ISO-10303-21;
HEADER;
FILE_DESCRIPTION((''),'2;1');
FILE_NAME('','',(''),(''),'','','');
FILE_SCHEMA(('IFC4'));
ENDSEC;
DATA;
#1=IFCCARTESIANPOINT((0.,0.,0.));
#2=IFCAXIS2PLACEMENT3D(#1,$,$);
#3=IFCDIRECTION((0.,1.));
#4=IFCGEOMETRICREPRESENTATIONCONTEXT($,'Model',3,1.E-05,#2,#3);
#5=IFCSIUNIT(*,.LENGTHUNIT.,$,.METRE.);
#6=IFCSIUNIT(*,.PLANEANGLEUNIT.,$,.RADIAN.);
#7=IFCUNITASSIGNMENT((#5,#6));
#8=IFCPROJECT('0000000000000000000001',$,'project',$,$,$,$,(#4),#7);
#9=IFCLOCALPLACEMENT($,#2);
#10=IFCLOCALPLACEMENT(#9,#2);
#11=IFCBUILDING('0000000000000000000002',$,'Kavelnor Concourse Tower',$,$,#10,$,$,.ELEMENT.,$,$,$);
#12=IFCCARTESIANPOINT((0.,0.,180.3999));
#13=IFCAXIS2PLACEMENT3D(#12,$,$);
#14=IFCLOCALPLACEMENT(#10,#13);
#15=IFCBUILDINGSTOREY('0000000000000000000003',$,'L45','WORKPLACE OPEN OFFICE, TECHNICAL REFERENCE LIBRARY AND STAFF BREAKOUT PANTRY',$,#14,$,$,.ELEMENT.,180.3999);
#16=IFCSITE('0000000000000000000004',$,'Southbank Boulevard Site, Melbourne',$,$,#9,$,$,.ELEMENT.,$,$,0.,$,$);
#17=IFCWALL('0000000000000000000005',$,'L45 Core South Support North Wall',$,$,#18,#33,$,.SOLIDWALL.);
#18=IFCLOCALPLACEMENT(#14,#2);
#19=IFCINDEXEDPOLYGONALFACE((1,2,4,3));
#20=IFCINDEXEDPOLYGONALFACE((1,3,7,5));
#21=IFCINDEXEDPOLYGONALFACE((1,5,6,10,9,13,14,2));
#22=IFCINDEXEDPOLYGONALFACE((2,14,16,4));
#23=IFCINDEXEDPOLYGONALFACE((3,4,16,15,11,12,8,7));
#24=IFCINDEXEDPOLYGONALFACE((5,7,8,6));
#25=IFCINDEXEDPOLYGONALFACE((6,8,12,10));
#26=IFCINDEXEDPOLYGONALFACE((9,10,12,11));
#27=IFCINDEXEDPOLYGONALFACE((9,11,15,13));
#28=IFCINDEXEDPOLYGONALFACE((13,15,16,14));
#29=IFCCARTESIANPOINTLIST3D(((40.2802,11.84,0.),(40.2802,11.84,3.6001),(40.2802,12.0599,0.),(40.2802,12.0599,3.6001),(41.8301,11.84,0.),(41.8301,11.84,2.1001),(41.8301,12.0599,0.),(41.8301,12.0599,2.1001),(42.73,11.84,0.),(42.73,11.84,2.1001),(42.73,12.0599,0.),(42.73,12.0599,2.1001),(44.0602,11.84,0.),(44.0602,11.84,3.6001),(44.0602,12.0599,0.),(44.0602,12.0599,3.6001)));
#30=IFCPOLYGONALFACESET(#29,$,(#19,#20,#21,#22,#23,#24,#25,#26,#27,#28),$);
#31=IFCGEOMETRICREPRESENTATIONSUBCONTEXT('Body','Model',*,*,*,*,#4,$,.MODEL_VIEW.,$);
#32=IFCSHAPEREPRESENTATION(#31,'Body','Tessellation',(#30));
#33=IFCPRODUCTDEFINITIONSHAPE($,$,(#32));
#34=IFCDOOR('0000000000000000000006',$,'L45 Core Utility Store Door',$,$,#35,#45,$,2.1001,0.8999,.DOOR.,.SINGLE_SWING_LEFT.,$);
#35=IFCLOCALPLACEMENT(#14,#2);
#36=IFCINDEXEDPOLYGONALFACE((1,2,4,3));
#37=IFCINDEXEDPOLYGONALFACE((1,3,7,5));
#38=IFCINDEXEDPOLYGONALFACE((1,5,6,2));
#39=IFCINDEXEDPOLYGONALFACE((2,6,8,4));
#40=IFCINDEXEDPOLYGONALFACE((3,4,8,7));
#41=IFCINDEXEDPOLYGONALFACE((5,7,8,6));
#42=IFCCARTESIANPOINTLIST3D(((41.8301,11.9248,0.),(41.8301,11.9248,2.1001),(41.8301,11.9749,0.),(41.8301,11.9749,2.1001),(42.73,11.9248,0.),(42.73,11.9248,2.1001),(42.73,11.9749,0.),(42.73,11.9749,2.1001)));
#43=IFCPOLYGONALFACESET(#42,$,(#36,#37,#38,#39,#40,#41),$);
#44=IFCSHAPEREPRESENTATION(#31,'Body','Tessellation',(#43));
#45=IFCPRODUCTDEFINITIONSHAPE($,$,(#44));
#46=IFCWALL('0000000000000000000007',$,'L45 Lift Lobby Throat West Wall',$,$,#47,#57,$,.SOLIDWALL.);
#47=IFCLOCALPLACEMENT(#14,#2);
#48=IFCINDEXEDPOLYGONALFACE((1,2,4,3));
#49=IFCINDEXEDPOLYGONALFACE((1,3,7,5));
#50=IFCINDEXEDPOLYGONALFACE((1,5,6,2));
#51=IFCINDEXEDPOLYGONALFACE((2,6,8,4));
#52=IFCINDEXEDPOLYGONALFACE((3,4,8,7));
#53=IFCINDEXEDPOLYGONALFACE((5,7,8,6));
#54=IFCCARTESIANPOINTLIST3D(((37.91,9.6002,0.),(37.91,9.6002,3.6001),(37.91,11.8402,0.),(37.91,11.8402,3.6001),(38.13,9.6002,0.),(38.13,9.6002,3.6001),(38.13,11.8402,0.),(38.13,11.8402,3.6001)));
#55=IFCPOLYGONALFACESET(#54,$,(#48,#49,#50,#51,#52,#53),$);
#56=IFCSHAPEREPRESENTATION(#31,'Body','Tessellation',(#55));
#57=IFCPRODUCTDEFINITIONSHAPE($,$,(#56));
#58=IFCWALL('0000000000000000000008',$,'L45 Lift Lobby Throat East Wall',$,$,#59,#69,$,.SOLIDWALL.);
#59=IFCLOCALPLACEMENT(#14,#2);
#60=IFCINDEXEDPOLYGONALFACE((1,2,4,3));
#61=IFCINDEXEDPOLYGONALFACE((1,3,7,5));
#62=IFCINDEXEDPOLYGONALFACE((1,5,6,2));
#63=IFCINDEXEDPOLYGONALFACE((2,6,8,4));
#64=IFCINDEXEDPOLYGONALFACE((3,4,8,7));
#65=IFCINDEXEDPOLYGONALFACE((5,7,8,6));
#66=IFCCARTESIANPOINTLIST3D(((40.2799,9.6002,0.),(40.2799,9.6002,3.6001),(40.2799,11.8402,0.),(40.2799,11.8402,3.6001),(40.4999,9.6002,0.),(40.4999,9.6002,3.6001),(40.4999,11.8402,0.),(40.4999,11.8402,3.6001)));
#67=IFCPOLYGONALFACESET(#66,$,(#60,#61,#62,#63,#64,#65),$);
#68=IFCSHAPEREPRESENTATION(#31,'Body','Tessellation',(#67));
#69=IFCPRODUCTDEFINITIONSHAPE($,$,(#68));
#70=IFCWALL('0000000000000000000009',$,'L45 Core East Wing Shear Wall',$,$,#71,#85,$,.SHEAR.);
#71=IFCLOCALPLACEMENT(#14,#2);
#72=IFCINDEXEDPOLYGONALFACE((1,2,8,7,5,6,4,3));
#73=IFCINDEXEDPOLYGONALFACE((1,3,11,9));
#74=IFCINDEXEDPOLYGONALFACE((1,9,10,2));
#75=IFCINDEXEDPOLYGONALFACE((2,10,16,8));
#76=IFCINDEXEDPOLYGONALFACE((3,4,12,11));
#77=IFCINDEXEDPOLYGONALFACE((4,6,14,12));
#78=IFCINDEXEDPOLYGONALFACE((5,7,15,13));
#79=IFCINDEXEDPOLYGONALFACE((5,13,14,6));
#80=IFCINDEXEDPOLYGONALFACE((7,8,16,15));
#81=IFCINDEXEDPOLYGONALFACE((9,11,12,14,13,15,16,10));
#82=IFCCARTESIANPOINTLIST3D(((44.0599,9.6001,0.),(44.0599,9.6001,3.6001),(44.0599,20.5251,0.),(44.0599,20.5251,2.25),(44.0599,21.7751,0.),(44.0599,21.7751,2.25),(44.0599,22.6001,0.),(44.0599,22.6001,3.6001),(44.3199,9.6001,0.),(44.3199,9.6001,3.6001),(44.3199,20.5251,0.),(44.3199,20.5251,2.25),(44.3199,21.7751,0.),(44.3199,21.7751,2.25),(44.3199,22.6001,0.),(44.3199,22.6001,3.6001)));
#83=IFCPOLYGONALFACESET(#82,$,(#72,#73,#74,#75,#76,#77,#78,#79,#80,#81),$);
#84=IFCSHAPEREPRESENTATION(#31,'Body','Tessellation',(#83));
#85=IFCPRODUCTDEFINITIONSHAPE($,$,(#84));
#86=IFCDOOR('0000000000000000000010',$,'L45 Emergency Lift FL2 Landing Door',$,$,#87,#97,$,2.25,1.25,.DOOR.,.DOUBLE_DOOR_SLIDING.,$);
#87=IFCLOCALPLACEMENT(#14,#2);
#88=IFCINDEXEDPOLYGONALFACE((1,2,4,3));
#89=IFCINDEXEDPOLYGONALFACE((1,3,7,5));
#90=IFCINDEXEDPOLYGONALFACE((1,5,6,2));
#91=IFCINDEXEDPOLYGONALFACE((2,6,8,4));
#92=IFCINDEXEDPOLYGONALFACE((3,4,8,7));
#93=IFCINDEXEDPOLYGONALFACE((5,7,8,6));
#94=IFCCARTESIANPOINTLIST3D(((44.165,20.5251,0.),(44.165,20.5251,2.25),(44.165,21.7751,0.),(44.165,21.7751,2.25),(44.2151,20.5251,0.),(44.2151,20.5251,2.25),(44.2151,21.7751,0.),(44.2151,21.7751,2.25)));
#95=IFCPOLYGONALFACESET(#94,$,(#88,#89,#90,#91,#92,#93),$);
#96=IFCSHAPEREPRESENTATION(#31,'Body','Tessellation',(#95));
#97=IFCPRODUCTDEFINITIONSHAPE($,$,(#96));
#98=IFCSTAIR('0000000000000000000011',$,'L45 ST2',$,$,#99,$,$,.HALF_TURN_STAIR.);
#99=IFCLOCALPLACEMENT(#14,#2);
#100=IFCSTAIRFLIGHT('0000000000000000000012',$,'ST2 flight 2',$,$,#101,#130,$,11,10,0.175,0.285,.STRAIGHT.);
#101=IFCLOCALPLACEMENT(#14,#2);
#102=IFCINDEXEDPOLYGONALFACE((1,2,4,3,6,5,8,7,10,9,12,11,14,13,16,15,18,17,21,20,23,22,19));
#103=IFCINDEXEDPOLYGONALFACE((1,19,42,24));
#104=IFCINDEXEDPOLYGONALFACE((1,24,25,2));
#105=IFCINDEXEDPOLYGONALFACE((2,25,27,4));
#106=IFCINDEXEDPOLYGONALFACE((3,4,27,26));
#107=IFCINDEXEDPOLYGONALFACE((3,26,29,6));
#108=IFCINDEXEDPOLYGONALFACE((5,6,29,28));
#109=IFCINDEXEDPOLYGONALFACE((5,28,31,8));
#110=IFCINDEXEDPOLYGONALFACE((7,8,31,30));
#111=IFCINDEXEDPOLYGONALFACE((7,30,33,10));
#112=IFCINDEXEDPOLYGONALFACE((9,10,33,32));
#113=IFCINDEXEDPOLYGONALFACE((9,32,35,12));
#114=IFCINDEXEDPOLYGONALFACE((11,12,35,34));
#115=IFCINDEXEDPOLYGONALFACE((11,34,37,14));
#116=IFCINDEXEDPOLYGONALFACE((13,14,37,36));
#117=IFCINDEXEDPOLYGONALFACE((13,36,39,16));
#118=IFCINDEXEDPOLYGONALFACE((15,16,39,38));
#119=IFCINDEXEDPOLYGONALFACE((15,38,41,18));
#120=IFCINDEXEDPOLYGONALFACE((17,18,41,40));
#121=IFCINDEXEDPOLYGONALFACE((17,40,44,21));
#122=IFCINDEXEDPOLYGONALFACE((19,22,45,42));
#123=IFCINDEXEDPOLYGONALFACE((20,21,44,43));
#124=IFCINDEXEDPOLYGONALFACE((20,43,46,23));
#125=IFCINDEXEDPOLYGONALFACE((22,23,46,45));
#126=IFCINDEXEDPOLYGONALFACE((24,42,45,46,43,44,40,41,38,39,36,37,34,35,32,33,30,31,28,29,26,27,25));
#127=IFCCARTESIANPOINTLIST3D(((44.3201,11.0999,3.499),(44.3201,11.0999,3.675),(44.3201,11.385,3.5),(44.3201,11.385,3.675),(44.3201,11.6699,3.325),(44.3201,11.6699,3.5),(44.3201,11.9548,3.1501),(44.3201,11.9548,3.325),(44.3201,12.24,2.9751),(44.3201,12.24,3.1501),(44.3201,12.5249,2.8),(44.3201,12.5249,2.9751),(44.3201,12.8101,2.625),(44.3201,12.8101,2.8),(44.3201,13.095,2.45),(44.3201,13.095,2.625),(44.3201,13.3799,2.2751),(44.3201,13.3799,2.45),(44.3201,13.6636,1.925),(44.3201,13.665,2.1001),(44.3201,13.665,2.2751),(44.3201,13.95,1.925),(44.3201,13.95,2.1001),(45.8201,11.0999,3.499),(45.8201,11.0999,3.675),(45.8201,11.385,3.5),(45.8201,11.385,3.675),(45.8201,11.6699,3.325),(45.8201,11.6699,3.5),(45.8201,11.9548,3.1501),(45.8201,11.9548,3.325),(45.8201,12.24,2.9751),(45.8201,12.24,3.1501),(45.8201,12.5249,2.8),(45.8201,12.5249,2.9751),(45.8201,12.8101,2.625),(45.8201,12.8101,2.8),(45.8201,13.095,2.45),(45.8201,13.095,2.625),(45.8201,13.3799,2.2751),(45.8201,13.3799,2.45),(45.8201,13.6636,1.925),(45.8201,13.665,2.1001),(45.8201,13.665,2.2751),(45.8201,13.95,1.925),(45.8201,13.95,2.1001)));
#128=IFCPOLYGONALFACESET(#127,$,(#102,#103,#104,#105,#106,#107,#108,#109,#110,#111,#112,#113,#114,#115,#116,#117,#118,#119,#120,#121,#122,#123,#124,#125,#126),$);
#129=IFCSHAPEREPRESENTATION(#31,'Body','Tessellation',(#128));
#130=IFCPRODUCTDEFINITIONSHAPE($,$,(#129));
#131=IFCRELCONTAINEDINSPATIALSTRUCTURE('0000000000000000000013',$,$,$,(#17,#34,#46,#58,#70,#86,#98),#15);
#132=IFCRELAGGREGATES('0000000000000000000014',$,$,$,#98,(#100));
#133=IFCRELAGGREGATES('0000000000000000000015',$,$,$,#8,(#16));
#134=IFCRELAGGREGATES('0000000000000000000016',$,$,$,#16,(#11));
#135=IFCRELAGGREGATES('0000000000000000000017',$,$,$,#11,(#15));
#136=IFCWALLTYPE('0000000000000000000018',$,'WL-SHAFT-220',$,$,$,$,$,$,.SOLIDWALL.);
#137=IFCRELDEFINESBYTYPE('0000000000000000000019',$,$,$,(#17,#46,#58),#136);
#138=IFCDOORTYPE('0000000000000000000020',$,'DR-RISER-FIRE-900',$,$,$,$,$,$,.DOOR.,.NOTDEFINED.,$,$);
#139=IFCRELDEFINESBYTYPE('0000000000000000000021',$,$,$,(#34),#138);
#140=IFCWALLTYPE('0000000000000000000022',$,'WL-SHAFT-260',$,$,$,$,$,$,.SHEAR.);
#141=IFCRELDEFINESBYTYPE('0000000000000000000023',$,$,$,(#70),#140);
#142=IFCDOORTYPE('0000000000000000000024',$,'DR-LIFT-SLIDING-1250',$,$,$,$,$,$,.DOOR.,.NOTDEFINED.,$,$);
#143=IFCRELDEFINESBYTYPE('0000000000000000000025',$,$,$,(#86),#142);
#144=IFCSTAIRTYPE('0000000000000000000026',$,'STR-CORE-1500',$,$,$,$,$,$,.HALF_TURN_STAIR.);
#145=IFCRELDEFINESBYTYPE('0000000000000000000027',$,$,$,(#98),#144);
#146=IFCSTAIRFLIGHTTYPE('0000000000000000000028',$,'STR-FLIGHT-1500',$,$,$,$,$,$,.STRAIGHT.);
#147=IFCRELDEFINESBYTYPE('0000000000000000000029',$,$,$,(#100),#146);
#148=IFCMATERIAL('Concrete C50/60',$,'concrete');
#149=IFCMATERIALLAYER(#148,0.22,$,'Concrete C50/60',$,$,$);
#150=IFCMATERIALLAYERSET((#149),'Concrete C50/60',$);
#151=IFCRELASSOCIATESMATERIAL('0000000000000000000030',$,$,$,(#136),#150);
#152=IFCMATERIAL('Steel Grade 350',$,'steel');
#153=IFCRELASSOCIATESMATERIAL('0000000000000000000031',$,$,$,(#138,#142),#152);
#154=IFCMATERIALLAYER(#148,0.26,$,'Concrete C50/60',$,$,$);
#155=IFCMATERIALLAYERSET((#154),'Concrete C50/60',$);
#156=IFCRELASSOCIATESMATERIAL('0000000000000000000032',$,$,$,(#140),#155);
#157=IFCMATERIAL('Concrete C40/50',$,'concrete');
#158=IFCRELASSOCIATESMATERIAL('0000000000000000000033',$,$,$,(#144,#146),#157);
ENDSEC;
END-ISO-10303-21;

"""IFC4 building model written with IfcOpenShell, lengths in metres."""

from ifc_helpers import new_model, si_unit, direction, frame, frame_2d, origin, place, context, subcontext, project, spatial, polyline, rectangle, outline, extrude, material, layer, layer_set, type_object, element, fill, aggregate, save


model = new_model("IFC4")

# Units and contexts
model_context = context("Model", 3, precision=1e-05, world=origin(), true_north=direction((0.0, 1.0)))
body_context = subcontext(model_context, "Body", "Model", "MODEL_VIEW")
ifc_project = project(units=[si_unit("LENGTHUNIT", "METRE"), si_unit("PLANEANGLEUNIT", "RADIAN")], contexts=[model_context])

# Site, building, storey
site_placement = place(None, origin())
site = spatial("IfcSite", under=ifc_project, at=site_placement, Name="Southbank Boulevard Site, Melbourne", CompositionType="ELEMENT", RefElevation=0.0)
building_placement = place(site_placement, origin())
building = spatial("IfcBuilding", under=site, at=building_placement, Name="Kavelnor Concourse Tower", CompositionType="ELEMENT")
storey_placement = place(building_placement, frame((0.0, 0.0, 180.3999)))
storey = spatial("IfcBuildingStorey", under=building, at=storey_placement, Name="L45", Description="WORKPLACE OPEN OFFICE, TECHNICAL REFERENCE LIBRARY AND STAFF BREAKOUT PANTRY", CompositionType="ELEMENT", Elevation=180.3999)

# Shared definitions
ifc_material_1 = material(Name="Steel Grade 350", Category="steel")

# Shared definitions
ifc_material_2 = material(Name="Concrete C50/60", Category="concrete")
ifc_layer_1 = layer(ifc_material_2, 0.22, Name="Concrete C50/60")
ifc_layer_set_1 = layer_set([ifc_layer_1], Name="Concrete C50/60")
wall_type_1 = type_object("IfcWallType", Name="WL-SHAFT-220", PredefinedType="SOLIDWALL", material=ifc_layer_set_1)

# Wall, opening, door
wall_1_placement = place(storey_placement, frame((40.28, 11.95, 0.0), z_axis=(0.0, 0.0, 1.0), x_axis=(1.0, 0.0, 0.0)))
wall_1 = element("IfcWall", 1, at=wall_1_placement, inside=storey, type_object=wall_type_1, Name="L45 Core South Support North Wall", PredefinedType="SOLIDWALL", context=body_context, shape_type="SweptSolid", body=[
    extrude(rectangle(XDim=3.78, YDim=0.22, at=frame_2d((1.8901, 0.0))), origin(), (0.0, 0.0, 1.0), 3.6001),
])
opening_1_placement = place(wall_1_placement, frame((1.55, 0.0, 0.0)))
opening_1 = element("IfcOpeningElement", 2, at=opening_1_placement, cuts=wall_1, PredefinedType="OPENING", context=body_context, shape_type="SweptSolid", body=[
    extrude(rectangle(XDim=0.8999, YDim=2.1001, at=frame_2d((0.45, 1.05))), frame((0.0, 0.1201, 0.0), z_axis=(0.0, -1.0, 0.0), x_axis=(1.0, 0.0, 0.0)), (0.0, 0.0, 1.0), 0.24),
])
door_type_1 = type_object("IfcDoorType", Name="DR-RISER-FIRE-900", OperationType="NOTDEFINED", PredefinedType="DOOR", material=ifc_material_1)
door_1_placement = place(opening_1_placement, origin())
door_1 = element("IfcDoor", 3, at=door_1_placement, inside=storey, type_object=door_type_1, Name="L45 Core Utility Store Door", OperationType="SINGLE_SWING_LEFT", OverallHeight=2.1001, OverallWidth=0.8999, PredefinedType="DOOR", context=body_context, shape_type="SweptSolid", body=[
    extrude(rectangle(XDim=0.8999, YDim=2.1001, at=frame_2d((0.45, 1.05))), frame((0.0, 0.0249, 0.0), z_axis=(0.0, -1.0, 0.0), x_axis=(1.0, 0.0, 0.0)), (0.0, 0.0, 1.0), 0.05),
])
fill(opening_1, door_1)

# Walls
for number, where, z_axis, x_axis, name in (
    (4, (38.02, 9.6001, 0.0), (0.0, 0.0, 1.0), (0.0, 1.0, 0.0), "L45 Lift Lobby Throat West Wall"),
    (5, (40.3899, 9.6001, 0.0), (0.0, 0.0, 1.0), (0.0, 1.0, 0.0), "L45 Lift Lobby Throat East Wall"),
):
    element("IfcWall", number, at=place(storey_placement, frame(where, z_axis=z_axis, x_axis=x_axis)), inside=storey, type_object=wall_type_1, Name=name, PredefinedType="SOLIDWALL", context=body_context, shape_type="SweptSolid", body=[
        extrude(rectangle(XDim=2.24, YDim=0.22, at=frame_2d((1.1201, 0.0))), origin(), (0.0, 0.0, 1.0), 3.6001),
    ])

# Wall, opening, door
ifc_layer_2 = layer(ifc_material_2, 0.26, Name="Concrete C50/60")
ifc_layer_set_2 = layer_set([ifc_layer_2], Name="Concrete C50/60")
wall_type_2 = type_object("IfcWallType", Name="WL-SHAFT-260", PredefinedType="SHEAR", material=ifc_layer_set_2)
wall_2_placement = place(storey_placement, frame((44.1899, 9.6001, 0.0), z_axis=(0.0, 0.0, 1.0), x_axis=(0.0, 1.0, 0.0)))
wall_2 = element("IfcWall", 6, at=wall_2_placement, inside=storey, type_object=wall_type_2, Name="L45 Core East Wing Shear Wall", PredefinedType="SHEAR", context=body_context, shape_type="SweptSolid", body=[
    extrude(rectangle(XDim=13.0, YDim=0.26, at=frame_2d((6.5, 0.0))), origin(), (0.0, 0.0, 1.0), 3.6001),
])
opening_2_placement = place(wall_2_placement, frame((10.925, 0.0, 0.0)))
opening_2 = element("IfcOpeningElement", 7, at=opening_2_placement, cuts=wall_2, PredefinedType="OPENING", context=body_context, shape_type="SweptSolid", body=[
    extrude(rectangle(XDim=1.25, YDim=2.25, at=frame_2d((0.625, 1.125))), frame((0.0, 0.1401, 0.0), z_axis=(0.0, -1.0, 0.0), x_axis=(1.0, 0.0, 0.0)), (0.0, 0.0, 1.0), 0.28),
])
door_type_2 = type_object("IfcDoorType", Name="DR-LIFT-SLIDING-1250", OperationType="NOTDEFINED", PredefinedType="DOOR", material=ifc_material_1)
door_2_placement = place(opening_2_placement, origin())
door_2 = element("IfcDoor", 8, at=door_2_placement, inside=storey, type_object=door_type_2, Name="L45 Emergency Lift FL2 Landing Door", OperationType="DOUBLE_DOOR_SLIDING", OverallHeight=2.25, OverallWidth=1.25, PredefinedType="DOOR", context=body_context, shape_type="SweptSolid", body=[
    extrude(rectangle(XDim=1.25, YDim=2.25, at=frame_2d((0.625, 1.125))), frame((0.0, 0.0249, 0.0), z_axis=(0.0, -1.0, 0.0), x_axis=(1.0, 0.0, 0.0)), (0.0, 0.0, 1.0), 0.05),
])
fill(opening_2, door_2)

# Stair, stair flight
ifc_material_3 = material(Name="Concrete C40/50", Category="concrete")
stair_type = type_object("IfcStairType", Name="STR-CORE-1500", PredefinedType="HALF_TURN_STAIR", material=ifc_material_3)
stair_placement = place(storey_placement, origin())
stair = element("IfcStair", 9, at=stair_placement, inside=storey, type_object=stair_type, Name="L45 ST2", PredefinedType="HALF_TURN_STAIR")
stair_flight_type = type_object("IfcStairFlightType", Name="STR-FLIGHT-1500", PredefinedType="STRAIGHT", material=ifc_material_3)
stair_flight_placement = place(storey_placement, frame((45.0701, 13.95, 1.925), z_axis=(0.0, 0.0, 1.0), x_axis=(0.0, -1.0, 0.0)))
stair_flight = element("IfcStairFlight", 10, at=stair_flight_placement, type_object=stair_flight_type, Name="ST2 flight 2", NumberOfRisers=11, NumberOfTreads=10, PredefinedType="STRAIGHT", RiserHeight=0.175, TreadLength=0.285, context=body_context, shape_type="SweptSolid", body=[
    extrude(outline(polyline([(0.0, 0.0), (0.0, 0.175), (0.2849, 0.175), (0.2849, 0.3501), (0.5701, 0.3501), (0.5701, 0.5249), (0.855, 0.5249), (0.855, 0.7), (1.1399, 0.7), (1.1399, 0.875), (1.425, 0.875), (1.425, 1.05), (1.71, 1.05), (1.71, 1.2251), (1.9951, 1.2251), (1.9951, 1.3999), (2.28, 1.3999), (2.28, 1.575), (2.5649, 1.575), (2.5649, 1.75), (2.8501, 1.75), (2.8501, 1.925), (2.8501, 1.574), (0.2864, 0.0), (0.0, 0.0)])), frame((0.0, 0.75, 0.0), z_axis=(0.0, -1.0, 0.0), x_axis=(1.0, 0.0, 0.0)), (0.0, 0.0, 1.0), 1.5),
])
aggregate(stair, [stair_flight])

save(model, "model.ifc")
